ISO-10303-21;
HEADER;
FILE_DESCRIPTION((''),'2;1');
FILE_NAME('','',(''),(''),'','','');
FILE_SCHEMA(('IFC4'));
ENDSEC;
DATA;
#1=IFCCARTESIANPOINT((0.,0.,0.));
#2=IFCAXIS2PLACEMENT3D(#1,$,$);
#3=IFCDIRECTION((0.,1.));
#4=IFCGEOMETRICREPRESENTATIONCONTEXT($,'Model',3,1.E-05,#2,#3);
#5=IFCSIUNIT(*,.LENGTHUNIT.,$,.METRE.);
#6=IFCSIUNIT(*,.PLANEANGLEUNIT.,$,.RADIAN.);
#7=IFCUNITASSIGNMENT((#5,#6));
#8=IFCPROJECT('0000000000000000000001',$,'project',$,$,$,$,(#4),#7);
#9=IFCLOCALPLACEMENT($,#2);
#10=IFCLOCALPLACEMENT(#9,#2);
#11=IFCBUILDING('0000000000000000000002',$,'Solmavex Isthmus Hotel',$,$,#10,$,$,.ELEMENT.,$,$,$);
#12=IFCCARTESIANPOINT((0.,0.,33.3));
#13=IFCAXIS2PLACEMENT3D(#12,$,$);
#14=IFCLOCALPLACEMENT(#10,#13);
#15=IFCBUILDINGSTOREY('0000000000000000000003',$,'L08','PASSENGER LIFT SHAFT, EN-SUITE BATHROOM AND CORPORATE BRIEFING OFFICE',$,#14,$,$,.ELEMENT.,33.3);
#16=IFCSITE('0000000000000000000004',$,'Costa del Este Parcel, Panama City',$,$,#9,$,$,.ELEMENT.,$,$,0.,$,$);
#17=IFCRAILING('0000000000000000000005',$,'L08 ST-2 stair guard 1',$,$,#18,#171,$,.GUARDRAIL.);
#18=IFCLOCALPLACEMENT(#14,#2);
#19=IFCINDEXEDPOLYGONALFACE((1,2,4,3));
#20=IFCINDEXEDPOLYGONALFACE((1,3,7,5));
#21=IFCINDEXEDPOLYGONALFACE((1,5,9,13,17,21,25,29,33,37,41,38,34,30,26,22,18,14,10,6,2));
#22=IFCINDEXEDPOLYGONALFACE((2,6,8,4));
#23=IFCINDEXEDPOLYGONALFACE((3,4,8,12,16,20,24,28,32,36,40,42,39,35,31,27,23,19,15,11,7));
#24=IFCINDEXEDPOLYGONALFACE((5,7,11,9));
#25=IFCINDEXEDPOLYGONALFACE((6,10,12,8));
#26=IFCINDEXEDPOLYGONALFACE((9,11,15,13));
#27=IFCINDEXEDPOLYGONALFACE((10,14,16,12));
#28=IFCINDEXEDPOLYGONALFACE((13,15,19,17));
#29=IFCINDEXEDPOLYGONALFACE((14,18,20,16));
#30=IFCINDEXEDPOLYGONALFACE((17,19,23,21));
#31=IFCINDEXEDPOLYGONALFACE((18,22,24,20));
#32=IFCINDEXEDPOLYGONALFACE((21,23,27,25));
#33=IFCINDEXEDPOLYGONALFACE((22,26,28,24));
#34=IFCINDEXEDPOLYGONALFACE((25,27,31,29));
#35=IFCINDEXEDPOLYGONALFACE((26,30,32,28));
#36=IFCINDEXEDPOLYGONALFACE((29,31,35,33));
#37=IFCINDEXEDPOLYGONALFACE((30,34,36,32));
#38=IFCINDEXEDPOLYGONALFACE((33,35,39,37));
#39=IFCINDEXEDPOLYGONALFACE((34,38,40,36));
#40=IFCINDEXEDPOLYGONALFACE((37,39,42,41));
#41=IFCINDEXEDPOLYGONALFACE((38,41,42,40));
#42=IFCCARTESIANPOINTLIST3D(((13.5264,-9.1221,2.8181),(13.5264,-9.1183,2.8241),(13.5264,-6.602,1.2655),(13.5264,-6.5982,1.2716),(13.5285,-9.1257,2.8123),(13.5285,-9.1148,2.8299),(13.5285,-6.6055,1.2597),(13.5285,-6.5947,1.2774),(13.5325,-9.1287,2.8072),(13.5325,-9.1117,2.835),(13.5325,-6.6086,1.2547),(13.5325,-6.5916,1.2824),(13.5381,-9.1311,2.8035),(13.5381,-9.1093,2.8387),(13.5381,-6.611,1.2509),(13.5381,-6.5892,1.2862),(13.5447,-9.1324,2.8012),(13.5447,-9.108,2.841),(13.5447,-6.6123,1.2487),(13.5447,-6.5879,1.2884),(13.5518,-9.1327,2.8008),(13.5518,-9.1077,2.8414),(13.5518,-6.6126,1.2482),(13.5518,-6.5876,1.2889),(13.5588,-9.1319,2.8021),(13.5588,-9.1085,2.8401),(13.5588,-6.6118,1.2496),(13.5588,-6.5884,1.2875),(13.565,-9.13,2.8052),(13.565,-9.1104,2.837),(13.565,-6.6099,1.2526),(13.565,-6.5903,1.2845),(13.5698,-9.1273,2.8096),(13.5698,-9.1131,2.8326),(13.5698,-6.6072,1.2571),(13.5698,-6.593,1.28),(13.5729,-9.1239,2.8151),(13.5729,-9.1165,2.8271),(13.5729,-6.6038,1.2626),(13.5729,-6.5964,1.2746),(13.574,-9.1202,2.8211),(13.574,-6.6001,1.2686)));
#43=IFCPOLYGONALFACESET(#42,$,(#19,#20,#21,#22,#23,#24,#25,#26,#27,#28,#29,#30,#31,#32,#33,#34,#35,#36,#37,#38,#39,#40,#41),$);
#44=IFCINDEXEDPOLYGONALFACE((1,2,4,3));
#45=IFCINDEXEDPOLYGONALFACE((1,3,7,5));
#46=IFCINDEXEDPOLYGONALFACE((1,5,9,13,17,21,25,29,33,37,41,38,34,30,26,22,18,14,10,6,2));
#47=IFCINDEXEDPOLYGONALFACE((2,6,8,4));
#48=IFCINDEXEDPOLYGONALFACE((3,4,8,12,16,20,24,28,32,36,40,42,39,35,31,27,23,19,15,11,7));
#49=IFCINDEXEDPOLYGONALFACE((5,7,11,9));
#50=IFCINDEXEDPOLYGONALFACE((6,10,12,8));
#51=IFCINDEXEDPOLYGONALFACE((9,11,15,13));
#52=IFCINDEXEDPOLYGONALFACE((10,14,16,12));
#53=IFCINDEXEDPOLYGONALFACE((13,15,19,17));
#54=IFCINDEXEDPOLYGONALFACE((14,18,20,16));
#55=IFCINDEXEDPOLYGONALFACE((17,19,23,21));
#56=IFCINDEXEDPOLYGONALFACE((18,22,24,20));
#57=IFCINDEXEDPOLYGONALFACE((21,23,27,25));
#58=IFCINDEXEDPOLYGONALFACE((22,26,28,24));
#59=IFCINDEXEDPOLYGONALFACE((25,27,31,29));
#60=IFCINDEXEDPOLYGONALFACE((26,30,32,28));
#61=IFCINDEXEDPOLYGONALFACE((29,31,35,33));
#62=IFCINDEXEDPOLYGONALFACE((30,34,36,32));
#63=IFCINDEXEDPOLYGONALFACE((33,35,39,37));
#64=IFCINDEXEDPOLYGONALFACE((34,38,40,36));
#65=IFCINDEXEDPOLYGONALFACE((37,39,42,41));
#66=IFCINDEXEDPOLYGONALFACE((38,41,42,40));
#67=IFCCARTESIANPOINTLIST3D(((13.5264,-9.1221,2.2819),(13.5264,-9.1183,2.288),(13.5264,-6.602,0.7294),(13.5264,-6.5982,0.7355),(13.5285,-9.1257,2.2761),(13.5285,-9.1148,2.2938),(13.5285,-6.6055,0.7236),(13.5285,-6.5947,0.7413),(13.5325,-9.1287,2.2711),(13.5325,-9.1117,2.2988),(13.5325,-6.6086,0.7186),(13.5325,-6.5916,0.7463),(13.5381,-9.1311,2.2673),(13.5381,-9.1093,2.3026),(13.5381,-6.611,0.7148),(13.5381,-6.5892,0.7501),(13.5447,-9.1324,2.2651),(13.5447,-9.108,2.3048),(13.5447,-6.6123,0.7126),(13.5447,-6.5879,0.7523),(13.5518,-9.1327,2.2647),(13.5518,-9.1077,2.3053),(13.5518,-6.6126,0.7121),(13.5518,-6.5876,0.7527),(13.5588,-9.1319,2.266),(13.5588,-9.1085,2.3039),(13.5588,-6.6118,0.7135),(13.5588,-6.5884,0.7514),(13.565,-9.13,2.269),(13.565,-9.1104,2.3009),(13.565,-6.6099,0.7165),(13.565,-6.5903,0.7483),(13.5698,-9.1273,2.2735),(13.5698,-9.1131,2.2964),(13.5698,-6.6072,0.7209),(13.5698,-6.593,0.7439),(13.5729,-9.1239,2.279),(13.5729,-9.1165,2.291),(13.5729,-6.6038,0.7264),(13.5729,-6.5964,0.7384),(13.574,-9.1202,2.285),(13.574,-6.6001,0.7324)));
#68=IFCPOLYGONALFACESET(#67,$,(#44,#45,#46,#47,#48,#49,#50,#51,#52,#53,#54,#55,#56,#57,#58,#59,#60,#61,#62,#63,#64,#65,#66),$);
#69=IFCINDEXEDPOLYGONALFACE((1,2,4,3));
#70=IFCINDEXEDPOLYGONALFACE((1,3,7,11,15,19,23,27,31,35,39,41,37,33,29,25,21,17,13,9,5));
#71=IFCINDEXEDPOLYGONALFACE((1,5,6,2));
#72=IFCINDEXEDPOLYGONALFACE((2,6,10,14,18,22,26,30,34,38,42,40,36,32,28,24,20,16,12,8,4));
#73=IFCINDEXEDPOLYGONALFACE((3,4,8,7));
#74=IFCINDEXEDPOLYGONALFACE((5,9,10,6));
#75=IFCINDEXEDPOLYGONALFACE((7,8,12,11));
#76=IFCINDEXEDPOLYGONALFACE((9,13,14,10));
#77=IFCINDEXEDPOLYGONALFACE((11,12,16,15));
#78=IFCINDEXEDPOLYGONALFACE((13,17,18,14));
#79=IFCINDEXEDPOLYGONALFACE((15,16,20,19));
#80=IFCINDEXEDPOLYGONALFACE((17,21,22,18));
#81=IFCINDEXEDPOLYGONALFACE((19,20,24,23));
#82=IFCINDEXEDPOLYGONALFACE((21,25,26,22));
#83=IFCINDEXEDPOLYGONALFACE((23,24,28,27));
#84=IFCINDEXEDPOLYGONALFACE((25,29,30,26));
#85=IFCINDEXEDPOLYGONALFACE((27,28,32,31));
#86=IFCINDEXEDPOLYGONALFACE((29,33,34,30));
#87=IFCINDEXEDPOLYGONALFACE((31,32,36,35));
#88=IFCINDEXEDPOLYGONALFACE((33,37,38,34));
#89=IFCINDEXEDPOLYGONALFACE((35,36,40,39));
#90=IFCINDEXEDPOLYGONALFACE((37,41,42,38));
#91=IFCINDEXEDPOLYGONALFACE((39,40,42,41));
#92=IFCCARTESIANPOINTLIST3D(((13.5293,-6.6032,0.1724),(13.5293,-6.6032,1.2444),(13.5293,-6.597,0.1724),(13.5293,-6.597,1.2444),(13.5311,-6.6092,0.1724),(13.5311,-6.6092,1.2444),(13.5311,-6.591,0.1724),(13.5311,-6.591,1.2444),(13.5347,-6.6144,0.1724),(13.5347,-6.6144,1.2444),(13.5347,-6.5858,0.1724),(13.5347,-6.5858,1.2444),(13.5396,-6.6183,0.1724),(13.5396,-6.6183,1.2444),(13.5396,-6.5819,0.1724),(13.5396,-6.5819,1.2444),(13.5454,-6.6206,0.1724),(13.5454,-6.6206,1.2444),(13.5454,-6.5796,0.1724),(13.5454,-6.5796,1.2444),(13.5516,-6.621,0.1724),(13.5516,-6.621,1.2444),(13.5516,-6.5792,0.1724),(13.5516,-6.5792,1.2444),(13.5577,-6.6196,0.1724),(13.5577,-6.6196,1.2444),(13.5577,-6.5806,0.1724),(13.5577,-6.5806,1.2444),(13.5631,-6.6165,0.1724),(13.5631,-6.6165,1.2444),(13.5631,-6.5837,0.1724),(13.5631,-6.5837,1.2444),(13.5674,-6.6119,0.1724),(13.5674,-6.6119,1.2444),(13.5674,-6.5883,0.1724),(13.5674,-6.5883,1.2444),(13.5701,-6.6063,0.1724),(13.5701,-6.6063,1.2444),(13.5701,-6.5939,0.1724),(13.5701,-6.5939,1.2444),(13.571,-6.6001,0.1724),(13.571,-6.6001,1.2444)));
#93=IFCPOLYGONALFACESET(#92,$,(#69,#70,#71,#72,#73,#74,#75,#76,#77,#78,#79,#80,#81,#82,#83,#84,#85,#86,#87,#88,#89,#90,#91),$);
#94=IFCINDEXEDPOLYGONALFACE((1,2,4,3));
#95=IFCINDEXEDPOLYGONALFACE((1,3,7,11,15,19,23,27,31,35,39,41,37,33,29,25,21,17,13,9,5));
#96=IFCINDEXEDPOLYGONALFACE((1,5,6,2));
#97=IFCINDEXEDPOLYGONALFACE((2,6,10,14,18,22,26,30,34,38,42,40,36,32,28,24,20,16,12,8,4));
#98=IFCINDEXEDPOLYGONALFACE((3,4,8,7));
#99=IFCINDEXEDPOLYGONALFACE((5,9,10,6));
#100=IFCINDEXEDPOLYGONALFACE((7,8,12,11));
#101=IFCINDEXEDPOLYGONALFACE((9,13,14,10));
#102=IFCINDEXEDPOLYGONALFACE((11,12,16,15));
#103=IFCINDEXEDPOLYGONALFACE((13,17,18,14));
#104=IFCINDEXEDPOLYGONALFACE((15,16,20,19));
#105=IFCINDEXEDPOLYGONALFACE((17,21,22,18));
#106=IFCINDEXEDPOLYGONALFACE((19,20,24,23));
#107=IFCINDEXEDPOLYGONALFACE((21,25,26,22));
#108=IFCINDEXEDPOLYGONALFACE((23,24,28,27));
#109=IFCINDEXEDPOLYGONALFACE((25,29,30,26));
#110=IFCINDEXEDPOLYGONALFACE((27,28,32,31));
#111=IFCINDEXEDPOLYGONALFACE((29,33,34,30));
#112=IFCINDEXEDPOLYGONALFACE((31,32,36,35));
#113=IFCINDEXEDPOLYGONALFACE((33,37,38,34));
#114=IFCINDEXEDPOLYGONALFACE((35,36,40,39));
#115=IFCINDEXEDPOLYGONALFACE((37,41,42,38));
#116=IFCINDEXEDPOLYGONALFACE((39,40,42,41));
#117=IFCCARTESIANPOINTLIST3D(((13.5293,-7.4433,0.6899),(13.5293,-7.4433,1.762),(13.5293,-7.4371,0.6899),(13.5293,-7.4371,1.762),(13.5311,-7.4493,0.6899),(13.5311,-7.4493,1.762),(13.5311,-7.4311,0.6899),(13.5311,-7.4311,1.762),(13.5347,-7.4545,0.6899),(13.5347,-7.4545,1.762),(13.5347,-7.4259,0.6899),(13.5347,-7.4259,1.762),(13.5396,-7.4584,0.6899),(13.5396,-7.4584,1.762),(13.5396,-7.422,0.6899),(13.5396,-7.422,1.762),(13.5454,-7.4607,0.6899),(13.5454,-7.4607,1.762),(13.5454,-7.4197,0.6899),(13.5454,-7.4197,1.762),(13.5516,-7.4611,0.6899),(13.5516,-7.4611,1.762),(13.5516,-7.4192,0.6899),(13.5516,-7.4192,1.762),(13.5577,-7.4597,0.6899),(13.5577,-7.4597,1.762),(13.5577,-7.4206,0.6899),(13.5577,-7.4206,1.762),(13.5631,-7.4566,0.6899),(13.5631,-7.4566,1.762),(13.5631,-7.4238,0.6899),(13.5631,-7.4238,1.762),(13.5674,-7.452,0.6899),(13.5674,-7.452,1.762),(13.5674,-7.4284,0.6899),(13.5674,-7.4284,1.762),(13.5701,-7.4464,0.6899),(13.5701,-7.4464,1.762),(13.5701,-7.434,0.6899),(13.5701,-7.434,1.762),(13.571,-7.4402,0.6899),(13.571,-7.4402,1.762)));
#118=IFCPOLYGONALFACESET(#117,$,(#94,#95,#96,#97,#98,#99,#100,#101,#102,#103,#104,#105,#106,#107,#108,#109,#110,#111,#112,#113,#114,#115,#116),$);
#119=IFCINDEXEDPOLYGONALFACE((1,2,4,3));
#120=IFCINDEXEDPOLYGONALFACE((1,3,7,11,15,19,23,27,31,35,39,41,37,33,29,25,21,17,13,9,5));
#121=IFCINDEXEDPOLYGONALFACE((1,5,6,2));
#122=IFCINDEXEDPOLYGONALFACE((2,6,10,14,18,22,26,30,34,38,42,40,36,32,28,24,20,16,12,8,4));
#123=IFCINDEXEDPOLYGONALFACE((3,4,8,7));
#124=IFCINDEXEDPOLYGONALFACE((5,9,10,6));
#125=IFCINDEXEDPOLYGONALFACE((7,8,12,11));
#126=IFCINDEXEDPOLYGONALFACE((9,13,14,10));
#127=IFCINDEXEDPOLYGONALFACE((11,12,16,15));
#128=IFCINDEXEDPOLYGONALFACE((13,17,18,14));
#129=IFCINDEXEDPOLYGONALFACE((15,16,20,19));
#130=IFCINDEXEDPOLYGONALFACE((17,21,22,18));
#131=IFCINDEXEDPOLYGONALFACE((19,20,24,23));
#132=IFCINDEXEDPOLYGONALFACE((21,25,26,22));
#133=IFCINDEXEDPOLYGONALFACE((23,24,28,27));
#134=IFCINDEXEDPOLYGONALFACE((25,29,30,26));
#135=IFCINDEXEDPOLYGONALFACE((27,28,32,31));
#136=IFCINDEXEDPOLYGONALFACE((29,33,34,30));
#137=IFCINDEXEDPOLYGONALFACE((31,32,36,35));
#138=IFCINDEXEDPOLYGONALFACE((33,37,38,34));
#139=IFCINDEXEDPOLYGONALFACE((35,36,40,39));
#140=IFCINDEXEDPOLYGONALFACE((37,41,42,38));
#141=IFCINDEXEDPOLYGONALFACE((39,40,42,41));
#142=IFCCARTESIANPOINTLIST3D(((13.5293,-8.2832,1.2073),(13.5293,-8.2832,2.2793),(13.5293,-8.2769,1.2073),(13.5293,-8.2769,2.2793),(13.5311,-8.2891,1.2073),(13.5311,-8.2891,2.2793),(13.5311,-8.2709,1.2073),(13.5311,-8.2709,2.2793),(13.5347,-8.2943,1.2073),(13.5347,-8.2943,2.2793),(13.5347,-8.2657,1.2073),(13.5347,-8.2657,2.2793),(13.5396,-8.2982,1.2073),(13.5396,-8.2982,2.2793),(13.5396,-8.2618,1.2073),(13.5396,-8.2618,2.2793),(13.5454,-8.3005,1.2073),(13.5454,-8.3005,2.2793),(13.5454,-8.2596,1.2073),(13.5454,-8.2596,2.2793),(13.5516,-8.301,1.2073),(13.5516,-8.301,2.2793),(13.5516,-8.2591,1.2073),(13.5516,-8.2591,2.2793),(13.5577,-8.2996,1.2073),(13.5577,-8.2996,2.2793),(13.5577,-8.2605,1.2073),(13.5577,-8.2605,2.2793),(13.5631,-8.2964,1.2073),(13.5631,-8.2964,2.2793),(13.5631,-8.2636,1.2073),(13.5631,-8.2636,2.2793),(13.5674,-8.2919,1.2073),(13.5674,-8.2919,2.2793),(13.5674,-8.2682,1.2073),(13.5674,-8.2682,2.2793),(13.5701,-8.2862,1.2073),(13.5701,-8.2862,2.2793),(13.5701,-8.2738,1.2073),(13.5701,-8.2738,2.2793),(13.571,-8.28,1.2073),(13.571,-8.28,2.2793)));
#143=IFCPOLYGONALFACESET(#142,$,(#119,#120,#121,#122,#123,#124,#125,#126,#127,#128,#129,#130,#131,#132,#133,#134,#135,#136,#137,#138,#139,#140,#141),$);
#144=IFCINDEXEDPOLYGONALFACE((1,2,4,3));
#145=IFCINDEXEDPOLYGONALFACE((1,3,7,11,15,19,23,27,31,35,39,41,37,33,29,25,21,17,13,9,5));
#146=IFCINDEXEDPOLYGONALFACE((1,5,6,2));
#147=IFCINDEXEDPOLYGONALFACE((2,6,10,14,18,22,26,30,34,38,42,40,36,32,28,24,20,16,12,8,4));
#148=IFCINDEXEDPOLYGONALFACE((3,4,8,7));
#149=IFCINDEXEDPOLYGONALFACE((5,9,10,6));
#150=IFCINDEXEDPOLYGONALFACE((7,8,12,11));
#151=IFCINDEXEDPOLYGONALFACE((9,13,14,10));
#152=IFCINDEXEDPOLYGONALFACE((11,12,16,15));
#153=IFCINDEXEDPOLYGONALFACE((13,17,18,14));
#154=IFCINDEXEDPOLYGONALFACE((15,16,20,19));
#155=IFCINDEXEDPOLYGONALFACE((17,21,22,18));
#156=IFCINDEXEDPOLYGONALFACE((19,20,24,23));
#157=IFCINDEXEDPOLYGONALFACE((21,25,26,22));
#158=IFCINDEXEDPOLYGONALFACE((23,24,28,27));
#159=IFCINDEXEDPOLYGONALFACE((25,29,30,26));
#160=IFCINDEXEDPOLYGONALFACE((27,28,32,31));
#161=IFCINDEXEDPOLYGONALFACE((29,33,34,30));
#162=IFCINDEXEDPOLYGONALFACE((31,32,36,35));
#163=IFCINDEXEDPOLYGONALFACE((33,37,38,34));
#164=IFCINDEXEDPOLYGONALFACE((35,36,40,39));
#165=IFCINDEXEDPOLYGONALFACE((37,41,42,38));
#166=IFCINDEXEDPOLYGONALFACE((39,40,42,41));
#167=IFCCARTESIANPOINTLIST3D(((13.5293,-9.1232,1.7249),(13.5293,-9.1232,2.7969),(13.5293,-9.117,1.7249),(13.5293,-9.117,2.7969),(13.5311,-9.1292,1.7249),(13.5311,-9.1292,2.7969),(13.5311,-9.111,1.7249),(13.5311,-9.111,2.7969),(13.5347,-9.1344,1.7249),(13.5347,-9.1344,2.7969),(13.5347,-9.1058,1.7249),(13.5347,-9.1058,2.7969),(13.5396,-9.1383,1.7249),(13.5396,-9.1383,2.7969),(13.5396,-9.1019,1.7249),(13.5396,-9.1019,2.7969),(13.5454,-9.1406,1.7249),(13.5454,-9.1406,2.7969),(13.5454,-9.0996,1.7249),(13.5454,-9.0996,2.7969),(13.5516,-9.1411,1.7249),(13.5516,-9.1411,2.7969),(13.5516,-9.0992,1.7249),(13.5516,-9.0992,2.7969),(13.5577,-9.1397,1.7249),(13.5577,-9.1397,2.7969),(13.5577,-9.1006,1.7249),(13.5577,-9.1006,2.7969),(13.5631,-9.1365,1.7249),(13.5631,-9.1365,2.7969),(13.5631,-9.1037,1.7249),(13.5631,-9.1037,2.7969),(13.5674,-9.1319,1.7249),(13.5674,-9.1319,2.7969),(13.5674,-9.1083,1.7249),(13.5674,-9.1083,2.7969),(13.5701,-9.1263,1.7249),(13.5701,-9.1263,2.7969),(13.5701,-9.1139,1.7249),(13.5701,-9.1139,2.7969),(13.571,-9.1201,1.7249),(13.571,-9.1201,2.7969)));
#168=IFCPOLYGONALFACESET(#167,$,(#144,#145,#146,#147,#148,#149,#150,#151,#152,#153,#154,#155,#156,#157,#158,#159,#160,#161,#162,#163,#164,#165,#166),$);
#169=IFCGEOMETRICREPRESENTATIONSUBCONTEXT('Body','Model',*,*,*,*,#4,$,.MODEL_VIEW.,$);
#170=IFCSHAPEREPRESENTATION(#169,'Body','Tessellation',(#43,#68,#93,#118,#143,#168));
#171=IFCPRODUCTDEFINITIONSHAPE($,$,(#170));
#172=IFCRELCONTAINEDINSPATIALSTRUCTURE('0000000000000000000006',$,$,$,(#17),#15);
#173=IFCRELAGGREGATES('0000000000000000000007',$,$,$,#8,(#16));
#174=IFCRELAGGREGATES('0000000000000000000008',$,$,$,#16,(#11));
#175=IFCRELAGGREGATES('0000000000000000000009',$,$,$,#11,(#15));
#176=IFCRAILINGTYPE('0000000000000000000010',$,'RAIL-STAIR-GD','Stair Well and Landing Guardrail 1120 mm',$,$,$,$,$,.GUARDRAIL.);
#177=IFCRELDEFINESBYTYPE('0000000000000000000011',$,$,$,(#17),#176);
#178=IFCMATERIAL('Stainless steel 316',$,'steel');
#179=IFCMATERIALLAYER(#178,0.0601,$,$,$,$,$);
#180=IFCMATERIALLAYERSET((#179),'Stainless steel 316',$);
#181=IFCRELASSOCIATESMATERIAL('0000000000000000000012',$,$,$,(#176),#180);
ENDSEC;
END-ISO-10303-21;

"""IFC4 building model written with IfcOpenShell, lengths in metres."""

from ifc_helpers import new_model, si_unit, direction, frame, origin, origin_2d, place, context, subcontext, project, spatial, circle, extrude, material, layer, layer_set, type_object, element, save


model = new_model("IFC4")

# Units and contexts
model_context = context("Model", 3, precision=1e-05, world=origin(), true_north=direction((0.0, 1.0)))
body_context = subcontext(model_context, "Body", "Model", "MODEL_VIEW")
ifc_project = project(units=[si_unit("LENGTHUNIT", "METRE"), si_unit("PLANEANGLEUNIT", "RADIAN")], contexts=[model_context])

# Site, building, storey
site_placement = place(None, origin())
site = spatial("IfcSite", under=ifc_project, at=site_placement, Name="Costa del Este Parcel, Panama City", CompositionType="ELEMENT", RefElevation=0.0)
building_placement = place(site_placement, origin())
building = spatial("IfcBuilding", under=site, at=building_placement, Name="Solmavex Isthmus Hotel", CompositionType="ELEMENT")
storey_placement = place(building_placement, frame((0.0, 0.0, 33.3)))
storey = spatial("IfcBuildingStorey", under=building, at=storey_placement, Name="L08", Description="PASSENGER LIFT SHAFT, EN-SUITE BATHROOM AND CORPORATE BRIEFING OFFICE", CompositionType="ELEMENT", Elevation=33.3)

# Railing
ifc_material_1 = material(Name="Stainless steel 316", Category="steel")
ifc_layer_1 = layer(ifc_material_1, 0.0601)
ifc_layer_set_1 = layer_set([ifc_layer_1], Name="Stainless steel 316")
railing_type_1 = type_object("IfcRailingType", Name="RAIL-STAIR-GD", Description="Stair Well and Landing Guardrail 1120 mm", PredefinedType="GUARDRAIL", material=ifc_layer_set_1)
railing_1_placement = place(storey_placement, frame((13.55, -6.6001, 0.1724)))
element("IfcRailing", 1, at=railing_1_placement, inside=storey, type_object=railing_type_1, Name="L08 ST-2 stair guard 1", PredefinedType="GUARDRAIL", context=body_context, shape_type="SweptSolid", body=[
    extrude(circle(Radius=0.0239, at=origin_2d()), frame((0.0, 0.0, 1.0962), z_axis=(0.0, -0.8514, 0.524516), x_axis=(1.0, 0.0, 0.0)), (0.0, 0.0, 1.0), 2.96),
    extrude(circle(Radius=0.0239, at=origin_2d()), frame((0.0, 0.0, 0.5601), z_axis=(0.0, -0.8514, 0.524516), x_axis=(1.0, 0.0, 0.0)), (0.0, 0.0, 1.0), 2.96),
    extrude(circle(Radius=0.021, at=origin_2d()), origin(), (0.0, 0.0, 1.0), 1.072),
    extrude(circle(Radius=0.021, at=origin_2d()), frame((0.0, -0.8401, 0.5176)), (0.0, 0.0, 1.0), 1.072),
    extrude(circle(Radius=0.021, at=origin_2d()), frame((0.0, -1.6799, 1.0349)), (0.0, 0.0, 1.0), 1.072),
    extrude(circle(Radius=0.021, at=origin_2d()), frame((0.0, -2.52, 1.5525)), (0.0, 0.0, 1.0), 1.072),
])

save(model, "model.ifc")
